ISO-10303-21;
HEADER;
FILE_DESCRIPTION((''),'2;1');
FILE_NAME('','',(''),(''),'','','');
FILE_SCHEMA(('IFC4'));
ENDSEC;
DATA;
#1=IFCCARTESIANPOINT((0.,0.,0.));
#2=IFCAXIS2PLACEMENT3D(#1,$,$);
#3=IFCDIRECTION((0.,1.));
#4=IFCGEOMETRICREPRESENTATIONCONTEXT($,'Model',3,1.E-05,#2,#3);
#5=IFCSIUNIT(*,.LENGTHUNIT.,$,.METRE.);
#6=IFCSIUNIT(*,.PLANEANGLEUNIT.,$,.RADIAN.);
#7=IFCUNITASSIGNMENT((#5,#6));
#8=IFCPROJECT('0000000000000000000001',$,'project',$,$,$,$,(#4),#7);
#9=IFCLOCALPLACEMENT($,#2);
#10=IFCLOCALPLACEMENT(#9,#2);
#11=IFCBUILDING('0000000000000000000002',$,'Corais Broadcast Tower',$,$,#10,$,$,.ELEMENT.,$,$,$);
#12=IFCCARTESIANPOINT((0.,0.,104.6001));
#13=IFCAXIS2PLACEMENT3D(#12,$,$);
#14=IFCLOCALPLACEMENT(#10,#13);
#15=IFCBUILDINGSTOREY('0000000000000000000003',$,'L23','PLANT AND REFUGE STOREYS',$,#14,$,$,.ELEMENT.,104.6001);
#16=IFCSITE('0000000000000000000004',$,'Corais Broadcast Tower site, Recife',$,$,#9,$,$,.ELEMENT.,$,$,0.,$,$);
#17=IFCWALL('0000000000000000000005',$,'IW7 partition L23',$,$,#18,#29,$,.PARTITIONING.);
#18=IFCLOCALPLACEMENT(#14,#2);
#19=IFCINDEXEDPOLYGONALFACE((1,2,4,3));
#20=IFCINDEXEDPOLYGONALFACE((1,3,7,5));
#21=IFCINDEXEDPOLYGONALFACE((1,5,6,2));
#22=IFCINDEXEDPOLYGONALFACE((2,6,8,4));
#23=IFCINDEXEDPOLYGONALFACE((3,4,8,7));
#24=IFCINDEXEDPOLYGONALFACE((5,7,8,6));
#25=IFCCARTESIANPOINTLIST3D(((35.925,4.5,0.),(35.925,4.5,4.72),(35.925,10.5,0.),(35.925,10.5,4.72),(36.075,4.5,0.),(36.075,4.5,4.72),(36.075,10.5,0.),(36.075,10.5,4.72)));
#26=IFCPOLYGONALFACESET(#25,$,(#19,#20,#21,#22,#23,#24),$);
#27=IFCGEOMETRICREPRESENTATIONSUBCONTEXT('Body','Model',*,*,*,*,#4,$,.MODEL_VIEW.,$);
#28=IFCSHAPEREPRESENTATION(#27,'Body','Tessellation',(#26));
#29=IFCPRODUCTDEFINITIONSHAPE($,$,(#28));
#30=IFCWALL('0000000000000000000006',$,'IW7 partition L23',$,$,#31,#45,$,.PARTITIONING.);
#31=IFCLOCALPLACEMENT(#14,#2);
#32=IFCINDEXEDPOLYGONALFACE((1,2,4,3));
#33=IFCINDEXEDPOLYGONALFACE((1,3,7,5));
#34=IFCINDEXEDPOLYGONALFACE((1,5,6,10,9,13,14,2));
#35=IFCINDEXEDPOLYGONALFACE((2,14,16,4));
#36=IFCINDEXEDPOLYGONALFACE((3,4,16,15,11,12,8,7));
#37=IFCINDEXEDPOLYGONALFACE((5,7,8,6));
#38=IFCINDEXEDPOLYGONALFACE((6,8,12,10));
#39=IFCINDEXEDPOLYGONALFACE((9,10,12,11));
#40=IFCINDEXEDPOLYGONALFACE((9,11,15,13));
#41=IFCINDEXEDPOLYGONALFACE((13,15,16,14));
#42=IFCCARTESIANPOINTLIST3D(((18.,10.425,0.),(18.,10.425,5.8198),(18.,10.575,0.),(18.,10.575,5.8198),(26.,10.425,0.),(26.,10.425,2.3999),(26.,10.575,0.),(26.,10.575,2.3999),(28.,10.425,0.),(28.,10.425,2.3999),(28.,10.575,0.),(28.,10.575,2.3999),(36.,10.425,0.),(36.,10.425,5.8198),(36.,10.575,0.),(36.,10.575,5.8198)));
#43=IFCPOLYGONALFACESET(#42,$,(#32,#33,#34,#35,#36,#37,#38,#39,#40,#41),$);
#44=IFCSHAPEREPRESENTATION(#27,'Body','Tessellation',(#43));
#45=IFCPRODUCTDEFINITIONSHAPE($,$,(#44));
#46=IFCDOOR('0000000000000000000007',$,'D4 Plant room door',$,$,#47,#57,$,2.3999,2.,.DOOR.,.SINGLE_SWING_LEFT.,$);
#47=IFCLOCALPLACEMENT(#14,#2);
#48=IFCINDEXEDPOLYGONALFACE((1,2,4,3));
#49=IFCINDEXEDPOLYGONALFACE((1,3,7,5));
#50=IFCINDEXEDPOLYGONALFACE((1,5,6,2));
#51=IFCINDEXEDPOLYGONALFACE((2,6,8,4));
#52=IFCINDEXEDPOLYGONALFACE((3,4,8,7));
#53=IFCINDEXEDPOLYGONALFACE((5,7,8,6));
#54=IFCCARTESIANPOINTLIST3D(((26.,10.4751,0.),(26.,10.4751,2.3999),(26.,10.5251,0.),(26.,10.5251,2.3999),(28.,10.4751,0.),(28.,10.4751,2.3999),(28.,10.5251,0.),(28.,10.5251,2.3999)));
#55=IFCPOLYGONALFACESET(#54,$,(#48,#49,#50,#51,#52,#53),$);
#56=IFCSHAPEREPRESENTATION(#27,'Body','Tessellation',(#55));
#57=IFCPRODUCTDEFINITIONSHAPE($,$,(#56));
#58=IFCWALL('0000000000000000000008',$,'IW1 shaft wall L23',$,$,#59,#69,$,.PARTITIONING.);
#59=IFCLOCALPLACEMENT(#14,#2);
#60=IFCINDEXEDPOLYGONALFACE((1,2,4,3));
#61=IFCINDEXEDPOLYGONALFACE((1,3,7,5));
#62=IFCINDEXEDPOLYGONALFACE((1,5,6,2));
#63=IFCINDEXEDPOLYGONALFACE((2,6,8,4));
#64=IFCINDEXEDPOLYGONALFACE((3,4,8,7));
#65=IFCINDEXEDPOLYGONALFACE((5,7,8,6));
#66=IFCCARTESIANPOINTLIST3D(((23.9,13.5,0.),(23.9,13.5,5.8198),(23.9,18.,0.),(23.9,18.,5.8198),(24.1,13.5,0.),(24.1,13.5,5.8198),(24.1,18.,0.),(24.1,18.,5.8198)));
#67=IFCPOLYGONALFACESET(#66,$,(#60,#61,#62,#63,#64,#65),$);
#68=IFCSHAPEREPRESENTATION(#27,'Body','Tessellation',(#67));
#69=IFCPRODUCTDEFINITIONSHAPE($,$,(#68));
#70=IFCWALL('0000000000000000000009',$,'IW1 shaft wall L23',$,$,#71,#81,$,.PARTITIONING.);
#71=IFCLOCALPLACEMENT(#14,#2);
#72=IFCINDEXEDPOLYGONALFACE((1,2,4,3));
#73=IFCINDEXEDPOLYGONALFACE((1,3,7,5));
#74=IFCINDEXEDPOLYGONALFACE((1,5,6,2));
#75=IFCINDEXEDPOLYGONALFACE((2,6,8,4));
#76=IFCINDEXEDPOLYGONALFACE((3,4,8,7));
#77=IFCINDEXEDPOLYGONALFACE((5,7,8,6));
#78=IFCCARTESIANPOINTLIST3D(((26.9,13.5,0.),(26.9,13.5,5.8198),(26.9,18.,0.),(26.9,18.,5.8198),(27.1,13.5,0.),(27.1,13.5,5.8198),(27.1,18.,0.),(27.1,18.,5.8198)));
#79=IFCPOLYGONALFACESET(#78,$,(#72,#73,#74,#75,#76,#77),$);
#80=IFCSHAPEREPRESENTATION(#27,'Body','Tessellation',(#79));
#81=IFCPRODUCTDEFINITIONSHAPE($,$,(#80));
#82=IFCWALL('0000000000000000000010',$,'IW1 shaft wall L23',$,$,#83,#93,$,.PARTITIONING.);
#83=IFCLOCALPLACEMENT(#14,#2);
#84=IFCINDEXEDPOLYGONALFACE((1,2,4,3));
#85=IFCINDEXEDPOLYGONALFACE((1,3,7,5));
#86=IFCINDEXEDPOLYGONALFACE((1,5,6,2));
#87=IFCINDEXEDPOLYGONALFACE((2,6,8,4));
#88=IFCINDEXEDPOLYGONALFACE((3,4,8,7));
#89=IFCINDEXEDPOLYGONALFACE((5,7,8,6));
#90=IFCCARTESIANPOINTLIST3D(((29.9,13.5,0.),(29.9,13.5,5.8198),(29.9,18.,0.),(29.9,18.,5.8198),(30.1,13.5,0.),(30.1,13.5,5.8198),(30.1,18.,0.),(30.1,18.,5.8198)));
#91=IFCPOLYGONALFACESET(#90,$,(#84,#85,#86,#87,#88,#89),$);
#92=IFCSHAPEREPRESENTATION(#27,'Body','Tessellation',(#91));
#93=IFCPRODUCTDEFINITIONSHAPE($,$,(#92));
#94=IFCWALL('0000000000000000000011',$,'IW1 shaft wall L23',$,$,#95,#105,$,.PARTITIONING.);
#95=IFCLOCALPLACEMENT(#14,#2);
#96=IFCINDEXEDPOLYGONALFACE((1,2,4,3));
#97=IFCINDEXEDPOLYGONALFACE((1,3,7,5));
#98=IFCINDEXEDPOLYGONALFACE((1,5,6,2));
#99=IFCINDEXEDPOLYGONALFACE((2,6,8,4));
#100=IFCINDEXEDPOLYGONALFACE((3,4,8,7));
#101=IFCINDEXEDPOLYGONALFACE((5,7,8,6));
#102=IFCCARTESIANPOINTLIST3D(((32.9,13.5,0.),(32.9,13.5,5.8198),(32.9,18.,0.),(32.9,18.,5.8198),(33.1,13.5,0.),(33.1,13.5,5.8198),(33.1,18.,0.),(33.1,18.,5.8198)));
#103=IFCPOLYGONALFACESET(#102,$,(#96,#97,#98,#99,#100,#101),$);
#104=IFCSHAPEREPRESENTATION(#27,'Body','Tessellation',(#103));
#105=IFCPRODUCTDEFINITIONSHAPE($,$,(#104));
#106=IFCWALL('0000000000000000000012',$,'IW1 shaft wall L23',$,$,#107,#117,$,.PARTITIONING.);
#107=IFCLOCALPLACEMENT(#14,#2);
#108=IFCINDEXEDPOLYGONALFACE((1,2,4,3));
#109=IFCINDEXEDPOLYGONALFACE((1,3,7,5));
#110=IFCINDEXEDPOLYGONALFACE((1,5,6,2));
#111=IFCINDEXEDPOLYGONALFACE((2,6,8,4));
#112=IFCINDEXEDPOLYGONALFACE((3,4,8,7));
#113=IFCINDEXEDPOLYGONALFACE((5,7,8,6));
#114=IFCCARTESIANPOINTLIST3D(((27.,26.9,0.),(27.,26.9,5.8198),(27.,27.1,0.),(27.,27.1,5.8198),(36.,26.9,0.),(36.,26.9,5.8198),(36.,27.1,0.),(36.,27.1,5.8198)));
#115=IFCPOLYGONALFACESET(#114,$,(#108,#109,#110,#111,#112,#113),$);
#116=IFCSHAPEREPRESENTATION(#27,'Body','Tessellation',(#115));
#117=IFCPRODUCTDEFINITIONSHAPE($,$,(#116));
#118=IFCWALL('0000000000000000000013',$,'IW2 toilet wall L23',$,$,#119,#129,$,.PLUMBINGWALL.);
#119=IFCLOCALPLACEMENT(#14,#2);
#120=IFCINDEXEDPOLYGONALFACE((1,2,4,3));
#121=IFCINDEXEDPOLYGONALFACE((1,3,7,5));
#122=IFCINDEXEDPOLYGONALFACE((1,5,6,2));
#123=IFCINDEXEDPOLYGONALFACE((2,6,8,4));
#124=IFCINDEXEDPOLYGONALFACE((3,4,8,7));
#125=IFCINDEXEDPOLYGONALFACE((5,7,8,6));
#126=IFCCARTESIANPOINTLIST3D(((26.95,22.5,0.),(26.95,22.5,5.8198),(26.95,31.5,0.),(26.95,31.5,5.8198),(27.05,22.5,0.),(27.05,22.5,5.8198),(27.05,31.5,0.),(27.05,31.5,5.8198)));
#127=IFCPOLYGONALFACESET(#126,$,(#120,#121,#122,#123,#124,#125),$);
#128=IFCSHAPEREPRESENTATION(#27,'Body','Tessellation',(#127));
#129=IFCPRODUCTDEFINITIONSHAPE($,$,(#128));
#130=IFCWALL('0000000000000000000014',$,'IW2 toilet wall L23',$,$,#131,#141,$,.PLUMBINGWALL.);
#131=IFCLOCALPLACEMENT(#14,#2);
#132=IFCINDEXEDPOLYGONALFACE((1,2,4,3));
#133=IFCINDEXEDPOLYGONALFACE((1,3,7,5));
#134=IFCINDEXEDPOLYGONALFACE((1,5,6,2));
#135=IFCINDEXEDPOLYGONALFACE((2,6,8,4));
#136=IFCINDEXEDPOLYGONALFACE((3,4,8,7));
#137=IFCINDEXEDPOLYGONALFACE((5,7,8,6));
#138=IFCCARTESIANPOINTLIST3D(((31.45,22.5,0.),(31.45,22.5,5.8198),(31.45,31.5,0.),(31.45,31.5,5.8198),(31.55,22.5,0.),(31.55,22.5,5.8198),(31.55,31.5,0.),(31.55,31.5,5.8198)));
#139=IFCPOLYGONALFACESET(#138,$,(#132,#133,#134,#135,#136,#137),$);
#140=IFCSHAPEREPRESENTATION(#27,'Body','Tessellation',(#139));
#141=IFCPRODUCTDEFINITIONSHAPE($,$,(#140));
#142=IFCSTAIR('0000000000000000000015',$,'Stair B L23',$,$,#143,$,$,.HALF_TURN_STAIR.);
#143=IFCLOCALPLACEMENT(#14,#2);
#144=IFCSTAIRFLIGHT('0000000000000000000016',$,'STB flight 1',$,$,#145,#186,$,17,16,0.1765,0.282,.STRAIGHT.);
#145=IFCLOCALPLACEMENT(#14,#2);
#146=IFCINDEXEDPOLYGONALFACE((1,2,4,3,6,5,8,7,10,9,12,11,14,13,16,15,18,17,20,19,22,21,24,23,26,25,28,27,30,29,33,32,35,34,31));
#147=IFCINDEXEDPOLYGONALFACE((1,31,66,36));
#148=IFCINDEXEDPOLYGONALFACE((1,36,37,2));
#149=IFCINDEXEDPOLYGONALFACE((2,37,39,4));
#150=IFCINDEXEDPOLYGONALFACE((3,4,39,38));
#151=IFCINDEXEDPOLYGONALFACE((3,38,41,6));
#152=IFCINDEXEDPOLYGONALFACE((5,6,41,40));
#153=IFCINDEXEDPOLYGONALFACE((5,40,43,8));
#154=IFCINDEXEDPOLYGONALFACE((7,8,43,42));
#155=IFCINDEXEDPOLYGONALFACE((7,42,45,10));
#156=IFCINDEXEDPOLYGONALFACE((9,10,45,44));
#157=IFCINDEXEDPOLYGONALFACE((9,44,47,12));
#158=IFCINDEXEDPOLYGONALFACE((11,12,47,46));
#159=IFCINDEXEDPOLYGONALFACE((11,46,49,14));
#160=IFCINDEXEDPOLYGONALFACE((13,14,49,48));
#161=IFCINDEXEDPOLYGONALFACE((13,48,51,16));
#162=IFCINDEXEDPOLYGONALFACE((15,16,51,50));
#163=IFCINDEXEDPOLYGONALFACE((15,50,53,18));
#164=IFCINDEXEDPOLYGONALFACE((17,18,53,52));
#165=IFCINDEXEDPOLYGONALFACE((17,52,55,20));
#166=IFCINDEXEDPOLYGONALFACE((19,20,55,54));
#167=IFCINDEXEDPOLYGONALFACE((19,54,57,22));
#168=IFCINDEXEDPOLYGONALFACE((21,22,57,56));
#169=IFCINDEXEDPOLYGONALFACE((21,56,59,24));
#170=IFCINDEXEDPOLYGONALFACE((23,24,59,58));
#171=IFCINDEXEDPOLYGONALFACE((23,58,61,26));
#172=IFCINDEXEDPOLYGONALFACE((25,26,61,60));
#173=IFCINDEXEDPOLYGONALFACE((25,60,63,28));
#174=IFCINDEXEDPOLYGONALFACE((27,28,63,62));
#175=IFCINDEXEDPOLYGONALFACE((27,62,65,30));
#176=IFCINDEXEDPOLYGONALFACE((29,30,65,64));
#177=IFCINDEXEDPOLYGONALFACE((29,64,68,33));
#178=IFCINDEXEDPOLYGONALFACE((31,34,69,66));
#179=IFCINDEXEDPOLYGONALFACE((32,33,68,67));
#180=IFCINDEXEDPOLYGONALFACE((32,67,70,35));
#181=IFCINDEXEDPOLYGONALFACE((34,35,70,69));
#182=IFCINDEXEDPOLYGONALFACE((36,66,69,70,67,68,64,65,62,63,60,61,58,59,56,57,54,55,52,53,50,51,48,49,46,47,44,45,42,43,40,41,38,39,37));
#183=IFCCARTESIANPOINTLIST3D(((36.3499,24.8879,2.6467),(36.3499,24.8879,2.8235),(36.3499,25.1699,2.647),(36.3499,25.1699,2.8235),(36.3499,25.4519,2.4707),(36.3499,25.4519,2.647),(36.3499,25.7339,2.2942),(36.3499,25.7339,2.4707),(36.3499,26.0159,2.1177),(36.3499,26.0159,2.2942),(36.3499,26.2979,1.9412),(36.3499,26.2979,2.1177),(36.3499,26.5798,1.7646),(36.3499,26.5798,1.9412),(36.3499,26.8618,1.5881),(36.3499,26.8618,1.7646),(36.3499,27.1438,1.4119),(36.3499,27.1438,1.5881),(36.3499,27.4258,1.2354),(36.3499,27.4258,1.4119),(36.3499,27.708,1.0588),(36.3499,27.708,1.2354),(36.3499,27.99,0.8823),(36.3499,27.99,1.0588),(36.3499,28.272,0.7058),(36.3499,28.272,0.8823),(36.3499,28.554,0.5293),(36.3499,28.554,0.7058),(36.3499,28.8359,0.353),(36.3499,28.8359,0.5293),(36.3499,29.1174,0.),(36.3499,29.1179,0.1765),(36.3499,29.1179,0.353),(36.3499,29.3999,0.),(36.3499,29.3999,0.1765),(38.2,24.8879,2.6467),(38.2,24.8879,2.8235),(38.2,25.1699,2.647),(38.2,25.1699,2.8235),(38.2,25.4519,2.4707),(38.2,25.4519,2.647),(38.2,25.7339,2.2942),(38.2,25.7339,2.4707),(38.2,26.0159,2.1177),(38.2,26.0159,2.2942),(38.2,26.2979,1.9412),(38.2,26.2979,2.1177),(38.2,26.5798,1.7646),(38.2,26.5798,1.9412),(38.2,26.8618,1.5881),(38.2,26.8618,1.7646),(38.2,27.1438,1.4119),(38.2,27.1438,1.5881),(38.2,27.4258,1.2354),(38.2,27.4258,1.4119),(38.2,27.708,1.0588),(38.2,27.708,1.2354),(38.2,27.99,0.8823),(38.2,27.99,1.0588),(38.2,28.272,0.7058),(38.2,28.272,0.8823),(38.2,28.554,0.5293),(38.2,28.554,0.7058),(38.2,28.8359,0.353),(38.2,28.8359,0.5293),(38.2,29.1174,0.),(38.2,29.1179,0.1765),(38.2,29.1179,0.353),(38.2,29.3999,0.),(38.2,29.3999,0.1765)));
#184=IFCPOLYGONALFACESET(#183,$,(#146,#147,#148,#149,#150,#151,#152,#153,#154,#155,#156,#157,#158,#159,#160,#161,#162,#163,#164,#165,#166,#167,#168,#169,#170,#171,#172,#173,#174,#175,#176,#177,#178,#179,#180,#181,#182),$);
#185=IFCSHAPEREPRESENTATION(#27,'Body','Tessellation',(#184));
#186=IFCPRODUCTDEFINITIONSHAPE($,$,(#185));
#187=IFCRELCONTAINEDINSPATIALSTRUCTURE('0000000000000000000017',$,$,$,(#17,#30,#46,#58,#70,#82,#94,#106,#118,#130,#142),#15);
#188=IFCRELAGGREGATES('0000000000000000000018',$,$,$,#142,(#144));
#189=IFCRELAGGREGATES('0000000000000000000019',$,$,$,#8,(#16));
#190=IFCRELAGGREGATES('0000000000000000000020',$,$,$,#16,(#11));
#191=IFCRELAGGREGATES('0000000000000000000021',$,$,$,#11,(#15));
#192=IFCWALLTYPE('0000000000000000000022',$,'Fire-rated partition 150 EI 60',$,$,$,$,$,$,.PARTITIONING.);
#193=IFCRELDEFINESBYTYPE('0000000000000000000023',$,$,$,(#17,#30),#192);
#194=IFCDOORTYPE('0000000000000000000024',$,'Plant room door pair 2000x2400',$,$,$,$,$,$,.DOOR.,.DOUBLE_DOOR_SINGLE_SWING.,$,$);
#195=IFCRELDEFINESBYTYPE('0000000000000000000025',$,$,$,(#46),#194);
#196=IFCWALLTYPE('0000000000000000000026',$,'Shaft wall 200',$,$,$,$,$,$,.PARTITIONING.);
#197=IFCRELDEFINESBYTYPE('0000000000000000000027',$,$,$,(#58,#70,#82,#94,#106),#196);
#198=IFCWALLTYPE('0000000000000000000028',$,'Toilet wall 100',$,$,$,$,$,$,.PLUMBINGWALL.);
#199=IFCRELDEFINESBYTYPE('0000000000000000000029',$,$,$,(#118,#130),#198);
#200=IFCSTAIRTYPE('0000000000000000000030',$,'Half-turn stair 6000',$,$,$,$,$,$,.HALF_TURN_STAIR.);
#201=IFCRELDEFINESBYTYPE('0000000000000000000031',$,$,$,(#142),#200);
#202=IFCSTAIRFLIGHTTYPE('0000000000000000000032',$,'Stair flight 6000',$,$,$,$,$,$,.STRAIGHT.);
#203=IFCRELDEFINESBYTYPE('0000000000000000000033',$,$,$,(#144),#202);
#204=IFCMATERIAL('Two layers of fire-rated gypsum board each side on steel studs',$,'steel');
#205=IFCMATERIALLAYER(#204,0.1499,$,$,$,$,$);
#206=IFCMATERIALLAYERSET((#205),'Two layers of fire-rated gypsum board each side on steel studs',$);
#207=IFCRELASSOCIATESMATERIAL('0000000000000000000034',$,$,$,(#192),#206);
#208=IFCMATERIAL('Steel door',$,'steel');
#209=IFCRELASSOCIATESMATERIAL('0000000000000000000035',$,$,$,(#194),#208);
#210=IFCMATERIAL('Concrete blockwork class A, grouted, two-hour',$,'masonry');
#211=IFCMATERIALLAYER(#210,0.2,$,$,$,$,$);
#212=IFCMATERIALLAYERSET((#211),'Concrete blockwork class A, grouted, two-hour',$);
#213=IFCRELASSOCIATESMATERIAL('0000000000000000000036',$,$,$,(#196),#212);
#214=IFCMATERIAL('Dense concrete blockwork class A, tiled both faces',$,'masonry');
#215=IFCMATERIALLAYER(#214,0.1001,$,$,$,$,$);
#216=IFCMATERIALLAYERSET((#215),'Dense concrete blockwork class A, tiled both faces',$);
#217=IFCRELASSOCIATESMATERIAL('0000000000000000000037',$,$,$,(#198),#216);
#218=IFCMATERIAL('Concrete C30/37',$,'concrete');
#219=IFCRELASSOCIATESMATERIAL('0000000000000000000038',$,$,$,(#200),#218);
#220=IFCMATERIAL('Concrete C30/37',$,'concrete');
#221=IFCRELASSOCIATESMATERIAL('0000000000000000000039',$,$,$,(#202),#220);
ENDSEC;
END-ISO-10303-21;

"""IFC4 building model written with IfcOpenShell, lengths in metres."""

from ifc_helpers import new_model, si_unit, direction, frame, frame_2d, origin, place, context, subcontext, project, spatial, polyline, rectangle, outline, extrude, material, layer, layer_set, type_object, element, fill, aggregate, save


model = new_model("IFC4")

# Units and contexts
model_context = context("Model", 3, precision=1e-05, world=origin(), true_north=direction((0.0, 1.0)))
body_context = subcontext(model_context, "Body", "Model", "MODEL_VIEW")
ifc_project = project(units=[si_unit("LENGTHUNIT", "METRE"), si_unit("PLANEANGLEUNIT", "RADIAN")], contexts=[model_context])

# Site, building, storey
site_placement = place(None, origin())
site = spatial("IfcSite", under=ifc_project, at=site_placement, Name="Corais Broadcast Tower site, Recife", CompositionType="ELEMENT", RefElevation=0.0)
building_placement = place(site_placement, origin())
building = spatial("IfcBuilding", under=site, at=building_placement, Name="Corais Broadcast Tower", CompositionType="ELEMENT")
storey_placement = place(building_placement, frame((0.0, 0.0, 104.6001)))
storey = spatial("IfcBuildingStorey", under=building, at=storey_placement, Name="L23", Description="PLANT AND REFUGE STOREYS", CompositionType="ELEMENT", Elevation=104.6001)

# Wall
ifc_material_1 = material(Name="Two layers of fire-rated gypsum board each side on steel studs", Category="steel")
ifc_layer_1 = layer(ifc_material_1, 0.1499)
ifc_layer_set_1 = layer_set([ifc_layer_1], Name="Two layers of fire-rated gypsum board each side on steel studs")
wall_type_1 = type_object("IfcWallType", Name="Fire-rated partition 150 EI 60", PredefinedType="PARTITIONING", material=ifc_layer_set_1)
wall_1_placement = place(storey_placement, frame((36.0, 4.5, 0.0), z_axis=(0.0, 0.0, 1.0), x_axis=(0.0, 1.0, 0.0)))
element("IfcWall", 1, at=wall_1_placement, inside=storey, type_object=wall_type_1, Name="IW7 partition L23", PredefinedType="PARTITIONING", context=body_context, shape_type="SweptSolid", body=[
    extrude(rectangle(XDim=6.0, YDim=0.1499, at=frame_2d((3.0, 0.0))), origin(), (0.0, 0.0, 1.0), 4.72),
])

# Wall, opening, door
wall_2_placement = place(storey_placement, frame((36.0, 10.5, 0.0), z_axis=(0.0, 0.0, 1.0), x_axis=(-1.0, 0.0, 0.0)))
wall_2 = element("IfcWall", 2, at=wall_2_placement, inside=storey, type_object=wall_type_1, Name="IW7 partition L23", PredefinedType="PARTITIONING", context=body_context, shape_type="SweptSolid", body=[
    extrude(rectangle(XDim=18.0, YDim=0.1499, at=frame_2d((9.0, 0.0))), origin(), (0.0, 0.0, 1.0), 5.8198),
])
opening_placement = place(wall_2_placement, frame((8.0, 0.0, 0.0)))
opening = element("IfcOpeningElement", 3, at=opening_placement, cuts=wall_2, PredefinedType="OPENING", context=body_context, shape_type="SweptSolid", body=[
    extrude(rectangle(XDim=2.0, YDim=2.3999, at=frame_2d((1.0, 1.2))), frame((0.0, 0.085, 0.0), z_axis=(0.0, -1.0, 0.0), x_axis=(1.0, 0.0, 0.0)), (0.0, 0.0, 1.0), 0.1699),
])
ifc_material_2 = material(Name="Steel door", Category="steel")
door_type = type_object("IfcDoorType", Name="Plant room door pair 2000x2400", OperationType="DOUBLE_DOOR_SINGLE_SWING", PredefinedType="DOOR", material=ifc_material_2)
door_placement = place(opening_placement, origin())
door = element("IfcDoor", 4, at=door_placement, inside=storey, type_object=door_type, Name="D4 Plant room door", OperationType="SINGLE_SWING_LEFT", OverallHeight=2.3999, OverallWidth=2.0, PredefinedType="DOOR", context=body_context, shape_type="SweptSolid", body=[
    extrude(rectangle(XDim=2.0, YDim=2.3999, at=frame_2d((1.0, 1.2))), frame((0.0, 0.0249, 0.0), z_axis=(0.0, -1.0, 0.0), x_axis=(1.0, 0.0, 0.0)), (0.0, 0.0, 1.0), 0.05),
])
fill(opening, door)

# Walls
ifc_material_3 = material(Name="Concrete blockwork class A, grouted, two-hour", Category="masonry")
ifc_layer_2 = layer(ifc_material_3, 0.2)
ifc_layer_set_2 = layer_set([ifc_layer_2], Name="Concrete blockwork class A, grouted, two-hour")
wall_type_2 = type_object("IfcWallType", Name="Shaft wall 200", PredefinedType="PARTITIONING", material=ifc_layer_set_2)
for number, where, z_axis, x_axis, name in (
    (5, (24.0, 13.5, 0.0), (0.0, 0.0, 1.0), (0.0, 1.0, 0.0), "IW1 shaft wall L23"),
    (6, (27.0, 13.5, 0.0), (0.0, 0.0, 1.0), (0.0, 1.0, 0.0), "IW1 shaft wall L23"),
    (7, (30.0, 13.5, 0.0), (0.0, 0.0, 1.0), (0.0, 1.0, 0.0), "IW1 shaft wall L23"),
    (8, (33.0, 13.5, 0.0), (0.0, 0.0, 1.0), (0.0, 1.0, 0.0), "IW1 shaft wall L23"),
):
    element("IfcWall", number, at=place(storey_placement, frame(where, z_axis=z_axis, x_axis=x_axis)), inside=storey, type_object=wall_type_2, Name=name, PredefinedType="PARTITIONING", context=body_context, shape_type="SweptSolid", body=[
        extrude(rectangle(XDim=4.5, YDim=0.2, at=frame_2d((2.25, 0.0))), origin(), (0.0, 0.0, 1.0), 5.8198),
    ])
wall_3_placement = place(storey_placement, frame((27.0, 27.0, 0.0), z_axis=(0.0, 0.0, 1.0), x_axis=(1.0, 0.0, 0.0)))
element("IfcWall", 9, at=wall_3_placement, inside=storey, type_object=wall_type_2, Name="IW1 shaft wall L23", PredefinedType="PARTITIONING", context=body_context, shape_type="SweptSolid", body=[
    extrude(rectangle(XDim=9.0, YDim=0.2, at=frame_2d((4.5, 0.0))), origin(), (0.0, 0.0, 1.0), 5.8198),
])
ifc_material_4 = material(Name="Dense concrete blockwork class A, tiled both faces", Category="masonry")
ifc_layer_3 = layer(ifc_material_4, 0.1001)
ifc_layer_set_3 = layer_set([ifc_layer_3], Name="Dense concrete blockwork class A, tiled both faces")
wall_type_3 = type_object("IfcWallType", Name="Toilet wall 100", PredefinedType="PLUMBINGWALL", material=ifc_layer_set_3)
for number, where, z_axis, x_axis, name in (
    (10, (27.0, 22.5, 0.0), (0.0, 0.0, 1.0), (0.0, 1.0, 0.0), "IW2 toilet wall L23"),
    (11, (31.5, 22.5, 0.0), (0.0, 0.0, 1.0), (0.0, 1.0, 0.0), "IW2 toilet wall L23"),
):
    element("IfcWall", number, at=place(storey_placement, frame(where, z_axis=z_axis, x_axis=x_axis)), inside=storey, type_object=wall_type_3, Name=name, PredefinedType="PLUMBINGWALL", context=body_context, shape_type="SweptSolid", body=[
        extrude(rectangle(XDim=9.0, YDim=0.1001, at=frame_2d((4.5, 0.0))), origin(), (0.0, 0.0, 1.0), 5.8198),
    ])

# Stair, stair flight
ifc_material_5 = material(Name="Concrete C30/37", Category="concrete")
stair_type = type_object("IfcStairType", Name="Half-turn stair 6000", PredefinedType="HALF_TURN_STAIR", material=ifc_material_5)
stair_placement = place(storey_placement, origin())
stair = element("IfcStair", 12, at=stair_placement, inside=storey, type_object=stair_type, Name="Stair B L23", PredefinedType="HALF_TURN_STAIR")
ifc_material_6 = material(Name="Concrete C30/37", Category="concrete")
stair_flight_type = type_object("IfcStairFlightType", Name="Stair flight 6000", PredefinedType="STRAIGHT", material=ifc_material_6)
stair_flight_placement = place(storey_placement, frame((37.2749, 29.3999, 0.0), z_axis=(0.0, 0.0, 1.0), x_axis=(0.0, -1.0, 0.0)))
stair_flight = element("IfcStairFlight", 13, at=stair_flight_placement, type_object=stair_flight_type, Name="STB flight 1", NumberOfRisers=17, NumberOfTreads=16, PredefinedType="STRAIGHT", RiserHeight=0.1765, TreadLength=0.282, context=body_context, shape_type="SweptSolid", body=[
    extrude(outline(polyline([(0.0, 0.0), (0.0, 0.1765), (0.282, 0.1765), (0.282, 0.353), (0.564, 0.353), (0.564, 0.5293), (0.8459, 0.5293), (0.8459, 0.7058), (1.1279, 0.7058), (1.1279, 0.8823), (1.4099, 0.8823), (1.4099, 1.0588), (1.6919, 1.0588), (1.6919, 1.2354), (1.9741, 1.2354), (1.9741, 1.4119), (2.2561, 1.4119), (2.2561, 1.5881), (2.5381, 1.5881), (2.5381, 1.7646), (2.8201, 1.7646), (2.8201, 1.9412), (3.1021, 1.9412), (3.1021, 2.1177), (3.384, 2.1177), (3.384, 2.2942), (3.666, 2.2942), (3.666, 2.4707), (3.948, 2.4707), (3.948, 2.647), (4.23, 2.647), (4.23, 2.8235), (4.512, 2.8235), (4.512, 3.0), (4.512, 2.6467), (0.2825, 0.0), (0.0, 0.0)])), frame((0.0, 0.925, 0.0), z_axis=(0.0, -1.0, 0.0), x_axis=(1.0, 0.0, 0.0)), (0.0, 0.0, 1.0), 1.8501),
])
aggregate(stair, [stair_flight])

save(model, "model.ifc")
